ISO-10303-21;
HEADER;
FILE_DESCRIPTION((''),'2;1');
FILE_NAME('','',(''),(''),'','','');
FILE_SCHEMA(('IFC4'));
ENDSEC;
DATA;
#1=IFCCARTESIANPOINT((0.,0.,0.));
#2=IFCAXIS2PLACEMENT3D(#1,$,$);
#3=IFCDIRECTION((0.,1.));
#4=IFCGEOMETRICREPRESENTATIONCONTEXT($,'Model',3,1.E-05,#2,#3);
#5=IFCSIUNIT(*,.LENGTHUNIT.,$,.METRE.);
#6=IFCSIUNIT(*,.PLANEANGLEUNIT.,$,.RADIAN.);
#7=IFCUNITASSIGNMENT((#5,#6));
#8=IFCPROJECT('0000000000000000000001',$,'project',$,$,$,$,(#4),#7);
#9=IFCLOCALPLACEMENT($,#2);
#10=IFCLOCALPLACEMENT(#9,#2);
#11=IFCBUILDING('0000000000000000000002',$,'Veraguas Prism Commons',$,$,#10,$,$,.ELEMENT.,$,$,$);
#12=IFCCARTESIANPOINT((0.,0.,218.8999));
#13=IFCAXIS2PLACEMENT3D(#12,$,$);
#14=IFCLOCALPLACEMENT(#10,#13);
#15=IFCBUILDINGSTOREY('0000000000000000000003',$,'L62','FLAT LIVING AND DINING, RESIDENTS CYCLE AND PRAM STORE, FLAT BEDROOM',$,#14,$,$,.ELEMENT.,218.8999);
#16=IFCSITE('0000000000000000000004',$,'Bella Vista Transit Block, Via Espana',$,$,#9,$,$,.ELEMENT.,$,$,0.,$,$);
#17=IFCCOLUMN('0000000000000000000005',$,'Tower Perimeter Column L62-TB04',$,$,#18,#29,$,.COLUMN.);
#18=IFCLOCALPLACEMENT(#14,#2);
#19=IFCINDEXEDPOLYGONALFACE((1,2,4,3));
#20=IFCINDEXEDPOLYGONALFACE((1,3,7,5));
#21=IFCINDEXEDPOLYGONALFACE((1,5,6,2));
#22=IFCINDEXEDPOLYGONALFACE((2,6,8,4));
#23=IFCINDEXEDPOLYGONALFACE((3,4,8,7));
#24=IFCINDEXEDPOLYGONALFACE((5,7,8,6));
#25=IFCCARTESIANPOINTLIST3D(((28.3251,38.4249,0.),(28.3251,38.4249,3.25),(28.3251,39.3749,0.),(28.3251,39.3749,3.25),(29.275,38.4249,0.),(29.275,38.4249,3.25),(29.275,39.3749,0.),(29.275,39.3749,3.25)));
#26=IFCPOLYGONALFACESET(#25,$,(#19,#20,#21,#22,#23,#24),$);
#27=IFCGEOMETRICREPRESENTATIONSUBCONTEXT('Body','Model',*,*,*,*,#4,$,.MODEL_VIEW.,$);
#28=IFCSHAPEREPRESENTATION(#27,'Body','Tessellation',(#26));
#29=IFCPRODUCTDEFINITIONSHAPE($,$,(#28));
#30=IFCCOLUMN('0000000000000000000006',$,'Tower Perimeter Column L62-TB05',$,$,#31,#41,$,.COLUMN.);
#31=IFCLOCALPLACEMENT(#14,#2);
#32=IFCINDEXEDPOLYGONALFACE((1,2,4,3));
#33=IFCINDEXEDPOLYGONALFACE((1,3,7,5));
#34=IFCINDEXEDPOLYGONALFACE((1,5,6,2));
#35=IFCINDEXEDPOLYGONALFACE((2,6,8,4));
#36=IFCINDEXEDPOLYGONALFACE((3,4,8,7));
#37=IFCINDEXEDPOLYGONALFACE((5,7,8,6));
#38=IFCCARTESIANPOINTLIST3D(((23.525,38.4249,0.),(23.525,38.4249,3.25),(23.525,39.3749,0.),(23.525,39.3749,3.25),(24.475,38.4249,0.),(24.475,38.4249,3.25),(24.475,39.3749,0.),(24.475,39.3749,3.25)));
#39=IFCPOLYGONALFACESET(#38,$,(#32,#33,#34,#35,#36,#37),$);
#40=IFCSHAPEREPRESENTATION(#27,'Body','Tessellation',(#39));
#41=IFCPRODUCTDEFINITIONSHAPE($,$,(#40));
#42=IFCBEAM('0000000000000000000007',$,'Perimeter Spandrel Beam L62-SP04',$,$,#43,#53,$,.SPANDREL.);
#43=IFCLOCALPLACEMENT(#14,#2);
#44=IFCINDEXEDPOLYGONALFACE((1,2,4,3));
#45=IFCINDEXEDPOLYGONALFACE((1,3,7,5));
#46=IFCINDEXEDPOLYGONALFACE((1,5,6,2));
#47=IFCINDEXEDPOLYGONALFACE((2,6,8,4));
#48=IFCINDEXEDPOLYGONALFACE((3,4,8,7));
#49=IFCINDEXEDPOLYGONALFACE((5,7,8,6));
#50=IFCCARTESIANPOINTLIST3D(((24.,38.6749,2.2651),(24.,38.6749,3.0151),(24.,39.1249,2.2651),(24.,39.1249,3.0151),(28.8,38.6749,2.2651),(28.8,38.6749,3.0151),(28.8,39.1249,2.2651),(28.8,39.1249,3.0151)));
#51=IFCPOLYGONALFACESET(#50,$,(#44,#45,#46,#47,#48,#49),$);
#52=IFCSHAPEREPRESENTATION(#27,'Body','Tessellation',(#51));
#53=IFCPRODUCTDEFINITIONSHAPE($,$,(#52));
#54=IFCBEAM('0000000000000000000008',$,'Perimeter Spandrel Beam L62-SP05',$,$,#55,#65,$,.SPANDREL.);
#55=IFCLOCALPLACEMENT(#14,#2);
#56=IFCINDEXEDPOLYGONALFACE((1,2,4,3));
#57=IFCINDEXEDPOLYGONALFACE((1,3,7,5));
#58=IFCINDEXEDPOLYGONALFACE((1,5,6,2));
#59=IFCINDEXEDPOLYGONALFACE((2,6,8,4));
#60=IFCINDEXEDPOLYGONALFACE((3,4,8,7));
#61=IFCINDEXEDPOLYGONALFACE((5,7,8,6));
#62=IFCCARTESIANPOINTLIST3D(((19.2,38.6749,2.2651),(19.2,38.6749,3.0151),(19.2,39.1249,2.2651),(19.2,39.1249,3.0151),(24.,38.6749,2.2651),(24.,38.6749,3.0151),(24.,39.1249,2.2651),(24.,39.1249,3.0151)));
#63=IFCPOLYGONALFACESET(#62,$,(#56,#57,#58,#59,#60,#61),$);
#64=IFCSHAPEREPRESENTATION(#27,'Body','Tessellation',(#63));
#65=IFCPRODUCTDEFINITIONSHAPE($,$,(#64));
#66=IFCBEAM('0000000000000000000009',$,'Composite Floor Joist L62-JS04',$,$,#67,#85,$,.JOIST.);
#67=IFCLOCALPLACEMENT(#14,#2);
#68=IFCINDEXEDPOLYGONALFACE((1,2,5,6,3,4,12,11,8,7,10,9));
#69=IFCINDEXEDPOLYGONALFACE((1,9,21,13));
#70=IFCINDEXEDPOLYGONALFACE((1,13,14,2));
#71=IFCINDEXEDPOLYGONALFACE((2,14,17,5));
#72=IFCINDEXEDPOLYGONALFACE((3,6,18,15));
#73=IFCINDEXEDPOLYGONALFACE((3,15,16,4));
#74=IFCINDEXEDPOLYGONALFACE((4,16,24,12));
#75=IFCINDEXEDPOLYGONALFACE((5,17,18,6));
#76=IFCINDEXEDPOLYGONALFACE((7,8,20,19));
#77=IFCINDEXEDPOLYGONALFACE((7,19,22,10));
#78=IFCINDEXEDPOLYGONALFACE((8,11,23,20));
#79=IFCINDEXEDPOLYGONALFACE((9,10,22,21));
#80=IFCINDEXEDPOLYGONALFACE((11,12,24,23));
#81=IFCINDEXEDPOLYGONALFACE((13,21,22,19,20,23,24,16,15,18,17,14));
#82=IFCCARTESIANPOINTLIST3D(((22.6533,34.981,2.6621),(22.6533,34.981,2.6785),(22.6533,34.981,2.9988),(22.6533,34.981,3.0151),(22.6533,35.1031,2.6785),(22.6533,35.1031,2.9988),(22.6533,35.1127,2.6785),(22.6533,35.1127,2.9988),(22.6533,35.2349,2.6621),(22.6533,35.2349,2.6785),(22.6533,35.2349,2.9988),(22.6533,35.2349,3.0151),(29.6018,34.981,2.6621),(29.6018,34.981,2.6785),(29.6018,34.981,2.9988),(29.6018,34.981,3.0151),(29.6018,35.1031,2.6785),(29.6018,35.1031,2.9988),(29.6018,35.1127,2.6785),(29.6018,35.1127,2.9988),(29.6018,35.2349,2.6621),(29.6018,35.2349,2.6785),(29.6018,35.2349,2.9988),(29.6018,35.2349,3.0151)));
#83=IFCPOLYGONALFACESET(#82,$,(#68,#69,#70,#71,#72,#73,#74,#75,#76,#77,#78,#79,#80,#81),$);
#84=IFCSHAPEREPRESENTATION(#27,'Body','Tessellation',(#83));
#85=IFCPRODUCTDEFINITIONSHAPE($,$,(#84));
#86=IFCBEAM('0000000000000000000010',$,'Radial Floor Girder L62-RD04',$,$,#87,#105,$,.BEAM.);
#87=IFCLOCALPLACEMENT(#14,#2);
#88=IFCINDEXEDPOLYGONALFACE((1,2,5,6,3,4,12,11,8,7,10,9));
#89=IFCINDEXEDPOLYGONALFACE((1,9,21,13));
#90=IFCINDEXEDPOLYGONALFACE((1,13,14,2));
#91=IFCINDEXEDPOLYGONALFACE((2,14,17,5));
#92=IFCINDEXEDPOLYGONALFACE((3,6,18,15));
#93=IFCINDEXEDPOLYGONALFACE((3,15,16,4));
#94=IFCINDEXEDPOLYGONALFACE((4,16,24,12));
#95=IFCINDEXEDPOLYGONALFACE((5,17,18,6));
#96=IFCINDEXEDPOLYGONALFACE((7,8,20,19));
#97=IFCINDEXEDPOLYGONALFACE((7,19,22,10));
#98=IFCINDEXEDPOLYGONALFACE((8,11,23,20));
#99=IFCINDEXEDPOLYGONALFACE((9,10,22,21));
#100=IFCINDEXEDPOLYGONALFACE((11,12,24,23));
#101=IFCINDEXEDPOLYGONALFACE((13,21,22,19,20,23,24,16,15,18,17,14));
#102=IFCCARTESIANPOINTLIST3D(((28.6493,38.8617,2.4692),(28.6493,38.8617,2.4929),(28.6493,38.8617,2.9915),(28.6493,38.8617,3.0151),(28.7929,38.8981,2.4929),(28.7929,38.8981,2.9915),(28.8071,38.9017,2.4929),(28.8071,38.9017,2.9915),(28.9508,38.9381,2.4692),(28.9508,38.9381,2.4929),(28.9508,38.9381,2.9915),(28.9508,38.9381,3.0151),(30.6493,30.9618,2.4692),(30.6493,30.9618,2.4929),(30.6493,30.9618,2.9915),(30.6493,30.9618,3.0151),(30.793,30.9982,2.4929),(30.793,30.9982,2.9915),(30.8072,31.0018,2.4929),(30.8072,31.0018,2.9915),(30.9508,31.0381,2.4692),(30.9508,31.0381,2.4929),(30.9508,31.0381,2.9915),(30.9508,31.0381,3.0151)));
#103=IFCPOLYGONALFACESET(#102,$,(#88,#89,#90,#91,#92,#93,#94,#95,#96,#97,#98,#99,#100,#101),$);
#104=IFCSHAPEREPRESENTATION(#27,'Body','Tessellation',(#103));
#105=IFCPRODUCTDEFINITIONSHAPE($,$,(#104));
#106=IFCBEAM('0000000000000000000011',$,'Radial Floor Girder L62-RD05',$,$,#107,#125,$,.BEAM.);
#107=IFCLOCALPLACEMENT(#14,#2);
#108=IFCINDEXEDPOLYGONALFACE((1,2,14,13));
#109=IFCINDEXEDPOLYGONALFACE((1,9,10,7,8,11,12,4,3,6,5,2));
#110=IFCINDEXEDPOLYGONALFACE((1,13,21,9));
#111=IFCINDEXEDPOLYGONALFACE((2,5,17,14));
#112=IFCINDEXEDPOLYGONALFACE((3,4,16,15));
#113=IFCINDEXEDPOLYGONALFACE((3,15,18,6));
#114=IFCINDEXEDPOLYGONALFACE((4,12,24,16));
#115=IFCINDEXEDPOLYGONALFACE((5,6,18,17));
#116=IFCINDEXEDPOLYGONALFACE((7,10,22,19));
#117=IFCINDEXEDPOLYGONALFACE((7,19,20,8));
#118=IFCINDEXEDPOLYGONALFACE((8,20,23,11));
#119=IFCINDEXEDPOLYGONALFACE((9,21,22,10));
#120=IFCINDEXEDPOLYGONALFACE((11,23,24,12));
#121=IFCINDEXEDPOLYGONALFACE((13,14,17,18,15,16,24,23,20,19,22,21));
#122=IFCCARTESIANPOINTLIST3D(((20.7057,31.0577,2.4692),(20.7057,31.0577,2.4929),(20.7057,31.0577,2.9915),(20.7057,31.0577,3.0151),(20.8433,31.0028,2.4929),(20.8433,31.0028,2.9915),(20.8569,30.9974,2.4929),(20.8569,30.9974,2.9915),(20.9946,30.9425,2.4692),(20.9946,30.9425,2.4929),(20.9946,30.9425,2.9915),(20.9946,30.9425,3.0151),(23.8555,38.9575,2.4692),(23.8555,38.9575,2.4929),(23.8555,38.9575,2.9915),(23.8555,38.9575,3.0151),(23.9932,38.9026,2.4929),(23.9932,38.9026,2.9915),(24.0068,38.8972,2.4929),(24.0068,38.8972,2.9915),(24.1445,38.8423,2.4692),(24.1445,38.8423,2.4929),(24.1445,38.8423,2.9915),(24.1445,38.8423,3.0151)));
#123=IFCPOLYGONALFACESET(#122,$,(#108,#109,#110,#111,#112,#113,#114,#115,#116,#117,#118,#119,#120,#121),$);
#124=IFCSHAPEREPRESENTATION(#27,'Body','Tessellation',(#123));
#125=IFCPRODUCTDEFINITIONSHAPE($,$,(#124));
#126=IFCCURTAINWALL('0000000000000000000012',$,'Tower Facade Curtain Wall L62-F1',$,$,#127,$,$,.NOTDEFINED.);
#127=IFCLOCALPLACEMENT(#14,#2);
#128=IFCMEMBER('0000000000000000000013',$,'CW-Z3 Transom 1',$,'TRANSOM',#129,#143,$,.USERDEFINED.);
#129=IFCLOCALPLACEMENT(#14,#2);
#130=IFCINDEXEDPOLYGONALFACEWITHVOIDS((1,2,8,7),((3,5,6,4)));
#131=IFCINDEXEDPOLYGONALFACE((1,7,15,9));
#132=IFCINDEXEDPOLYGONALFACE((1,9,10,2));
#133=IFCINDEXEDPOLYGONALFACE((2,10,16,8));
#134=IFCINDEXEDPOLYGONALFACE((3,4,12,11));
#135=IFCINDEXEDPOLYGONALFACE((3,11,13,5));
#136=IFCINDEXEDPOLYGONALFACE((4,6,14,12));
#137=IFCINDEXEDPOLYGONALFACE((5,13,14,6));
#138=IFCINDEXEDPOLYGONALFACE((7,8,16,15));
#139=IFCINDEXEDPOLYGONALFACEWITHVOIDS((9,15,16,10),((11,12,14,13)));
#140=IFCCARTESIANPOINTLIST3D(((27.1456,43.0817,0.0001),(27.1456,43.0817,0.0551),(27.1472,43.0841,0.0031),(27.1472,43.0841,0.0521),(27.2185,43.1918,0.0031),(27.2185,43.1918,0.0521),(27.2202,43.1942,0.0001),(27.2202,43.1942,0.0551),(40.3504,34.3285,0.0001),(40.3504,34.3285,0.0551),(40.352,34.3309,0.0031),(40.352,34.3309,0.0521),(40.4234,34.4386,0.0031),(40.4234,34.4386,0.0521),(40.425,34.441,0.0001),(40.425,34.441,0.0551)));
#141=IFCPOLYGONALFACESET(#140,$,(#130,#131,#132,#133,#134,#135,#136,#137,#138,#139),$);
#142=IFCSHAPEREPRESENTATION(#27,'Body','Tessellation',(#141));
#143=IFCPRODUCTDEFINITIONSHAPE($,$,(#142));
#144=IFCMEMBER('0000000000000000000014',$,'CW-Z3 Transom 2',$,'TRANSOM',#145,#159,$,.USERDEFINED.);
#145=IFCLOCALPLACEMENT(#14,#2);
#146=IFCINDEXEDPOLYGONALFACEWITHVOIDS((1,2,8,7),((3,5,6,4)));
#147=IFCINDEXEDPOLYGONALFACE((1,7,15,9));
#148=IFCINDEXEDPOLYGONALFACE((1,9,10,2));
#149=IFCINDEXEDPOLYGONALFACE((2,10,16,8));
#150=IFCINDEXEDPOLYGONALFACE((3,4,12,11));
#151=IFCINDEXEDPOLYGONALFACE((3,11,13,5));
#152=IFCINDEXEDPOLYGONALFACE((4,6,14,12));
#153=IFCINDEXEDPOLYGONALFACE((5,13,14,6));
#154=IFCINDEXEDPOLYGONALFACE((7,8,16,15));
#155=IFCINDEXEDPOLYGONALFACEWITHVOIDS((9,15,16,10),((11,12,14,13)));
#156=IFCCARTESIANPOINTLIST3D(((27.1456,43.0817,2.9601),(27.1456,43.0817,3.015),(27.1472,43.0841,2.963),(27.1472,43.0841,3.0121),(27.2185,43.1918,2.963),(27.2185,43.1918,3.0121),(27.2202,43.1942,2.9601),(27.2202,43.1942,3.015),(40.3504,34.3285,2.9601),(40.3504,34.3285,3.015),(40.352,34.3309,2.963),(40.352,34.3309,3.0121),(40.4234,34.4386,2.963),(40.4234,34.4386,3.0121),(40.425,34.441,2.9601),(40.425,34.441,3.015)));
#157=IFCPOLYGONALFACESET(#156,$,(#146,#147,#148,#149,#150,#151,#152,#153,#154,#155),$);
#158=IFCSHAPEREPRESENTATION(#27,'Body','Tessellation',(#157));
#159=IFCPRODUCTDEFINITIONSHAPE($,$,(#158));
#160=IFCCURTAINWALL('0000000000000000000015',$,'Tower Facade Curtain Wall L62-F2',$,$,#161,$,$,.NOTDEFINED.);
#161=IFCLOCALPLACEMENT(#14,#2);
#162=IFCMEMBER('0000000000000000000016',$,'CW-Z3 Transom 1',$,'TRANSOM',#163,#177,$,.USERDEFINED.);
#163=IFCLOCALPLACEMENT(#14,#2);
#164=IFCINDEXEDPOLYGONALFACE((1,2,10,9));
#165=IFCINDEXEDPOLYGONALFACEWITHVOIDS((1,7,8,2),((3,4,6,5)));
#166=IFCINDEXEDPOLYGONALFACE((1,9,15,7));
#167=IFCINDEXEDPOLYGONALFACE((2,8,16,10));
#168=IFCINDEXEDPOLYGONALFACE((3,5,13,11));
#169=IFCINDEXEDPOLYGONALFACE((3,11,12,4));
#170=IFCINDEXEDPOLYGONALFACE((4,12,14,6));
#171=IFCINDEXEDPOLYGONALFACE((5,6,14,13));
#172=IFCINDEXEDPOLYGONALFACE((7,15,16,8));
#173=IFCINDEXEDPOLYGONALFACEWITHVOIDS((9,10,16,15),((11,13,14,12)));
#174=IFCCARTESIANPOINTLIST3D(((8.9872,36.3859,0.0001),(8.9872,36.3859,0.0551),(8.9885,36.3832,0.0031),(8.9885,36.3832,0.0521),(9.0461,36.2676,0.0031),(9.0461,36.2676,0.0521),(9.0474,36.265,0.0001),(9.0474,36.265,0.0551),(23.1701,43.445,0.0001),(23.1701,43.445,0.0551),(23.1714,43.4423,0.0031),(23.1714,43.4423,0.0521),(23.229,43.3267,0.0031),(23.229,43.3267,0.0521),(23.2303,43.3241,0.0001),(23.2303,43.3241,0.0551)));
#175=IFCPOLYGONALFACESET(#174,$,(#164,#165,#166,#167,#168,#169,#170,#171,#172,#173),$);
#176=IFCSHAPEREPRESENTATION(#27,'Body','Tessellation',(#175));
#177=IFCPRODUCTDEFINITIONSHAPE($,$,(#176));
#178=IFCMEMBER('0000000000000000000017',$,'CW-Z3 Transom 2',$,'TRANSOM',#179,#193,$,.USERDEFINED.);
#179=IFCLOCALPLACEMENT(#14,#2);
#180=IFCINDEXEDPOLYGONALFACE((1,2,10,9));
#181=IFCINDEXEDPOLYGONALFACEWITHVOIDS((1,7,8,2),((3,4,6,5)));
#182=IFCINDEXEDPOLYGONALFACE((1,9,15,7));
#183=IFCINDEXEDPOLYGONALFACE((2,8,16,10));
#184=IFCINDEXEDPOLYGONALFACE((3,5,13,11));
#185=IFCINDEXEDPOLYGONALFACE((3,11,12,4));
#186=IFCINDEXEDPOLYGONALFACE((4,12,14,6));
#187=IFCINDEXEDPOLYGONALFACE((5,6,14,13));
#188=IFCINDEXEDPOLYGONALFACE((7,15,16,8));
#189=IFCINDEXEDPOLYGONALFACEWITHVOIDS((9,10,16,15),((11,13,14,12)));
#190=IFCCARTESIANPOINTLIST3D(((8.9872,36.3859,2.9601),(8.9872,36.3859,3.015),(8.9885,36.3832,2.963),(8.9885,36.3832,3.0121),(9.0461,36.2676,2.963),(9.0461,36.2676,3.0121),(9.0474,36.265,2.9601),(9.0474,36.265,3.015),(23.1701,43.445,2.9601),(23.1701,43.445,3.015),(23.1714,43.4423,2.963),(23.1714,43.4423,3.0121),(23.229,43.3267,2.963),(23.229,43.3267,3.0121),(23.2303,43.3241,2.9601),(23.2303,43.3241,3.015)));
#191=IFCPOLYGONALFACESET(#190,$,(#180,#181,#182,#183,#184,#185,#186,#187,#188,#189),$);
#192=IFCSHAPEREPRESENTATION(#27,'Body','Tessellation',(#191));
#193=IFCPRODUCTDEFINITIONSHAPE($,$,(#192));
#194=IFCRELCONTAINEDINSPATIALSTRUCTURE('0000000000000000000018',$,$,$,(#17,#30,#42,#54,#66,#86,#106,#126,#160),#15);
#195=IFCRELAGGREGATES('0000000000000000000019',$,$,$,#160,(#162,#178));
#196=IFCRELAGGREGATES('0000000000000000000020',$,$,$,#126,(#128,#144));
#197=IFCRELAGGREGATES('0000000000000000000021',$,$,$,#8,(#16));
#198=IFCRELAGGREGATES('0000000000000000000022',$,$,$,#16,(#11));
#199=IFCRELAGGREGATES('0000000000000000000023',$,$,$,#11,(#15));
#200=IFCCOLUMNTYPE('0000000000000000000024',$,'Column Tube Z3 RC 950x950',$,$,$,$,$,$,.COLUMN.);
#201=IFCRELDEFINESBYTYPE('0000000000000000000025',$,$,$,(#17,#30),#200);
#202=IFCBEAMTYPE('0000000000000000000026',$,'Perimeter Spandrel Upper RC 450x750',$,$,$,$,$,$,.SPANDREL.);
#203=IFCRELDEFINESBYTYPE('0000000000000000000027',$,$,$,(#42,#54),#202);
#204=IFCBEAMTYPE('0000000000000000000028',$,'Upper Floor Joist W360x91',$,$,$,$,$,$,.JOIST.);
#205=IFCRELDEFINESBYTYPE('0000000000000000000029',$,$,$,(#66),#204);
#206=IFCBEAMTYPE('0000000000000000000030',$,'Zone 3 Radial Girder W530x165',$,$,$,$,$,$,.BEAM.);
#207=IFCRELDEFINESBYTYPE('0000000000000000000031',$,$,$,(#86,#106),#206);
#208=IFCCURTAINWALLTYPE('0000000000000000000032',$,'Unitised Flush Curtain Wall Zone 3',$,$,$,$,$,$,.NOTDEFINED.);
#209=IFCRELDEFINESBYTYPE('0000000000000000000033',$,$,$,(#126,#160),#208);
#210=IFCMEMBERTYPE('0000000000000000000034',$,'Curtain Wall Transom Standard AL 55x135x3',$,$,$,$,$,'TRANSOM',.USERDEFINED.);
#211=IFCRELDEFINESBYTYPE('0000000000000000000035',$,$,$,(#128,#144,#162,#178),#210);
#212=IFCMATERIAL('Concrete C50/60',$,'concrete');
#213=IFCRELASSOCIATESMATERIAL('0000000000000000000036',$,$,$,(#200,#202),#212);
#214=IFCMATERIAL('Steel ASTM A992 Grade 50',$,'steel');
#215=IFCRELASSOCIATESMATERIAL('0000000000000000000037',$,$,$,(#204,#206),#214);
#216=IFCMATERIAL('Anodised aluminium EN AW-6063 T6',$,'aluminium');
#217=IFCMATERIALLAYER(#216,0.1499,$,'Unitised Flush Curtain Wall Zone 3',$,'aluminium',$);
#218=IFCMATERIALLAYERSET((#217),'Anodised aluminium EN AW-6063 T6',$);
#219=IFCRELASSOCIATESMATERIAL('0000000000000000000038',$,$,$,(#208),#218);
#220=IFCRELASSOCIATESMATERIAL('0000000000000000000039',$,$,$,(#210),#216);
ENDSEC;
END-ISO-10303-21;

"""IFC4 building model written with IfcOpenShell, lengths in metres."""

from ifc_helpers import new_model, si_unit, direction, frame, origin, origin_2d, place, context, subcontext, project, spatial, rectangle, hollow_rectangle, i_section, extrude, source, transform, mapped, material, layer, layer_set, material_profile, profile_set, type_object, element, aggregate, save


model = new_model("IFC4")

# Units and contexts
model_context = context("Model", 3, precision=1e-05, world=origin(), true_north=direction((0.0, 1.0)))
body_context = subcontext(model_context, "Body", "Model", "MODEL_VIEW")
ifc_project = project(units=[si_unit("LENGTHUNIT", "METRE"), si_unit("PLANEANGLEUNIT", "RADIAN")], contexts=[model_context])

# Site, building, storey
site_placement = place(None, origin())
site = spatial("IfcSite", under=ifc_project, at=site_placement, Name="Bella Vista Transit Block, Via Espana", CompositionType="ELEMENT", RefElevation=0.0)
building_placement = place(site_placement, origin())
building = spatial("IfcBuilding", under=site, at=building_placement, Name="Veraguas Prism Commons", CompositionType="ELEMENT")
storey_placement = place(building_placement, frame((0.0, 0.0, 218.8999)))
storey = spatial("IfcBuildingStorey", under=building, at=storey_placement, Name="L62", Description="FLAT LIVING AND DINING, RESIDENTS CYCLE AND PRAM STORE, FLAT BEDROOM", CompositionType="ELEMENT", Elevation=218.8999)

# Columns
ifc_material_1 = material(Name="Concrete C50/60", Category="concrete")
ifc_material_profile_1 = material_profile(ifc_material_1, rectangle(XDim=0.95, YDim=0.95, at=origin_2d()), Name="RC950X950")
ifc_profile_set_1 = profile_set([ifc_material_profile_1], Name="Concrete C50/60")
column_type = type_object("IfcColumnType", Name="Column Tube Z3 RC 950x950", PredefinedType="COLUMN", material=ifc_profile_set_1)
for number, where, z_axis, x_axis, name in (
    (1, (28.8, 38.8999, 0.0), (0.0, 0.0, 1.0), (1.0, 0.0, 0.0), "Tower Perimeter Column L62-TB04"),
    (2, (24.0, 38.8999, 0.0), (0.0, 0.0, 1.0), (1.0, 0.0, 0.0), "Tower Perimeter Column L62-TB05"),
):
    element("IfcColumn", number, at=place(storey_placement, frame(where, z_axis=z_axis, x_axis=x_axis)), inside=storey, type_object=column_type, Name=name, PredefinedType="COLUMN", context=body_context, shape_type="SweptSolid", body=[
        extrude(rectangle(XDim=0.95, YDim=0.95, at=origin_2d()), origin(), (0.0, 0.0, 1.0), 3.25),
    ])

# Beams
ifc_material_profile_2 = material_profile(ifc_material_1, rectangle(XDim=0.45, YDim=0.75, at=origin_2d()), Name="RC450X750")
ifc_profile_set_2 = profile_set([ifc_material_profile_2], Name="Concrete C50/60")
beam_type_1 = type_object("IfcBeamType", Name="Perimeter Spandrel Upper RC 450x750", PredefinedType="SPANDREL", material=ifc_profile_set_2)
for number, where, z_axis, x_axis, name in (
    (3, (28.8, 38.8999, 2.6401), (-1.0, 0.0, 0.0), (0.0, -1.0, 0.0), "Perimeter Spandrel Beam L62-SP04"),
    (4, (24.0, 38.8999, 2.6401), (-1.0, 0.0, 0.0), (0.0, -1.0, 0.0), "Perimeter Spandrel Beam L62-SP05"),
):
    element("IfcBeam", number, at=place(storey_placement, frame(where, z_axis=z_axis, x_axis=x_axis)), inside=storey, type_object=beam_type_1, Name=name, PredefinedType="SPANDREL", context=body_context, shape_type="SweptSolid", body=[
        extrude(rectangle(XDim=0.45, YDim=0.75, at=origin_2d()), origin(), (0.0, 0.0, 1.0), 4.8),
    ])
ifc_material_2 = material(Name="Steel ASTM A992 Grade 50", Category="steel")
ifc_material_profile_3 = material_profile(ifc_material_2, i_section(OverallWidth=0.2539, OverallDepth=0.353, WebThickness=0.0095, FlangeThickness=0.0164, at=origin_2d()), Name="W360X91")
ifc_profile_set_3 = profile_set([ifc_material_profile_3], Name="Steel ASTM A992 Grade 50")
beam_type_2 = type_object("IfcBeamType", Name="Upper Floor Joist W360x91", PredefinedType="JOIST", material=ifc_profile_set_3)
beam_1_placement = place(storey_placement, frame((29.6018, 35.1079, 2.8386), z_axis=(-1.0, 0.0, 0.0), x_axis=(0.0, -1.0, 0.0)))
element("IfcBeam", 5, at=beam_1_placement, inside=storey, type_object=beam_type_2, Name="Composite Floor Joist L62-JS04", PredefinedType="JOIST", context=body_context, shape_type="SweptSolid", body=[
    extrude(i_section(OverallWidth=0.2539, OverallDepth=0.353, WebThickness=0.0095, FlangeThickness=0.0164, at=origin_2d()), origin(), (0.0, 0.0, 1.0), 6.9485),
])
ifc_material_profile_4 = material_profile(ifc_material_2, i_section(OverallWidth=0.311, OverallDepth=0.5459, WebThickness=0.0146, FlangeThickness=0.0237, at=origin_2d()), Name="W530X165")
ifc_profile_set_4 = profile_set([ifc_material_profile_4], Name="Steel ASTM A992 Grade 50")
beam_type_3 = type_object("IfcBeamType", Name="Zone 3 Radial Girder W530x165", PredefinedType="BEAM", material=ifc_profile_set_4)
beam_2_placement = place(storey_placement, frame((28.8, 38.8999, 2.7422), z_axis=(0.245425, -0.969416, 0.0), x_axis=(0.969416, 0.245425, 0.0)))
element("IfcBeam", 6, at=beam_2_placement, inside=storey, type_object=beam_type_3, Name="Radial Floor Girder L62-RD04", PredefinedType="BEAM", context=body_context, shape_type="SweptSolid", body=[
    extrude(i_section(OverallWidth=0.311, OverallDepth=0.5459, WebThickness=0.0146, FlangeThickness=0.0237, at=origin_2d()), origin(), (0.0, 0.0, 1.0), 8.1492),
])
beam_3_placement = place(storey_placement, frame((24.0, 38.8999, 2.7422), z_axis=(-0.370371, -0.928884, 0.0), x_axis=(0.928884, -0.370371, 0.0)))
element("IfcBeam", 7, at=beam_3_placement, inside=storey, type_object=beam_type_3, Name="Radial Floor Girder L62-RD05", PredefinedType="BEAM", context=body_context, shape_type="SweptSolid", body=[
    extrude(i_section(OverallWidth=0.311, OverallDepth=0.5459, WebThickness=0.0146, FlangeThickness=0.0237, at=origin_2d()), origin(), (0.0, 0.0, 1.0), 8.5046),
])

# Curtain walls, members
ifc_material_3 = material(Name="Anodised aluminium EN AW-6063 T6", Category="aluminium")
ifc_layer_1 = layer(ifc_material_3, 0.1499, Name="Unitised Flush Curtain Wall Zone 3", Category="aluminium")
ifc_layer_set_1 = layer_set([ifc_layer_1], Name="Anodised aluminium EN AW-6063 T6")
curtain_wall_type = type_object("IfcCurtainWallType", Name="Unitised Flush Curtain Wall Zone 3", PredefinedType="NOTDEFINED", material=ifc_layer_set_1)
curtain_wall_1_placement = place(storey_placement, origin())
curtain_wall_1 = element("IfcCurtainWall", 8, at=curtain_wall_1_placement, inside=storey, type_object=curtain_wall_type, Name="Tower Facade Curtain Wall L62-F1", PredefinedType="NOTDEFINED")
ifc_material_profile_5 = material_profile(ifc_material_3, hollow_rectangle(XDim=0.0549, YDim=0.135, WallThickness=0.0029, at=origin_2d()), Name="AL55X135X3")
ifc_profile_set_5 = profile_set([ifc_material_profile_5], Name="Anodised aluminium EN AW-6063 T6")
member_type_1 = type_object("IfcMemberType", Name="Curtain Wall Transom Standard AL 55x135x3", ElementType="TRANSOM", PredefinedType="USERDEFINED", material=ifc_profile_set_5)
shared_shape_1 = source(origin(), body_context, "Body", "SweptSolid", [
    extrude(hollow_rectangle(XDim=0.0549, YDim=0.135, WallThickness=0.0029, at=origin_2d()), origin(), (0.0, 0.0, 1.0), 15.8425),
])
member_1_placement = place(storey_placement, frame((40.3877, 34.3848, 0.0276), z_axis=(-0.833505, 0.552511, 0.0), x_axis=(0.0, 0.0, 1.0)))
member_1 = element("IfcMember", 9, at=member_1_placement, type_object=member_type_1, Name="CW-Z3 Transom 1", ObjectType="TRANSOM", PredefinedType="USERDEFINED", context=body_context, shape_type="MappedRepresentation", body=[
    mapped(shared_shape_1, transform((0.0, 0.0, 0.0), scale=1.0)),
])
member_2_placement = place(storey_placement, frame((40.3877, 34.3848, 2.9875), z_axis=(-0.833505, 0.552511, 0.0), x_axis=(0.0, 0.0, 1.0)))
member_2 = element("IfcMember", 10, at=member_2_placement, type_object=member_type_1, Name="CW-Z3 Transom 2", ObjectType="TRANSOM", PredefinedType="USERDEFINED", context=body_context, shape_type="MappedRepresentation", body=[
    mapped(shared_shape_1, transform((0.0, 0.0, 0.0), scale=1.0)),
])
curtain_wall_2_placement = place(storey_placement, origin())
curtain_wall_2 = element("IfcCurtainWall", 11, at=curtain_wall_2_placement, inside=storey, type_object=curtain_wall_type, Name="Tower Facade Curtain Wall L62-F2", PredefinedType="NOTDEFINED")
member_3_placement = place(storey_placement, frame((23.2002, 43.3845, 0.0276), z_axis=(-0.895242, -0.445579, 0.0), x_axis=(0.0, 0.0, 1.0)))
member_3 = element("IfcMember", 12, at=member_3_placement, type_object=member_type_1, Name="CW-Z3 Transom 1", ObjectType="TRANSOM", PredefinedType="USERDEFINED", context=body_context, shape_type="MappedRepresentation", body=[
    mapped(shared_shape_1, transform((0.0, 0.0, 0.0), scale=1.0)),
])
member_4_placement = place(storey_placement, frame((23.2002, 43.3845, 2.9875), z_axis=(-0.895242, -0.445579, 0.0), x_axis=(0.0, 0.0, 1.0)))
member_4 = element("IfcMember", 13, at=member_4_placement, type_object=member_type_1, Name="CW-Z3 Transom 2", ObjectType="TRANSOM", PredefinedType="USERDEFINED", context=body_context, shape_type="MappedRepresentation", body=[
    mapped(shared_shape_1, transform((0.0, 0.0, 0.0), scale=1.0)),
])

aggregate(curtain_wall_2, [member_3, member_4])

aggregate(curtain_wall_1, [member_1, member_2])

save(model, "model.ifc")
